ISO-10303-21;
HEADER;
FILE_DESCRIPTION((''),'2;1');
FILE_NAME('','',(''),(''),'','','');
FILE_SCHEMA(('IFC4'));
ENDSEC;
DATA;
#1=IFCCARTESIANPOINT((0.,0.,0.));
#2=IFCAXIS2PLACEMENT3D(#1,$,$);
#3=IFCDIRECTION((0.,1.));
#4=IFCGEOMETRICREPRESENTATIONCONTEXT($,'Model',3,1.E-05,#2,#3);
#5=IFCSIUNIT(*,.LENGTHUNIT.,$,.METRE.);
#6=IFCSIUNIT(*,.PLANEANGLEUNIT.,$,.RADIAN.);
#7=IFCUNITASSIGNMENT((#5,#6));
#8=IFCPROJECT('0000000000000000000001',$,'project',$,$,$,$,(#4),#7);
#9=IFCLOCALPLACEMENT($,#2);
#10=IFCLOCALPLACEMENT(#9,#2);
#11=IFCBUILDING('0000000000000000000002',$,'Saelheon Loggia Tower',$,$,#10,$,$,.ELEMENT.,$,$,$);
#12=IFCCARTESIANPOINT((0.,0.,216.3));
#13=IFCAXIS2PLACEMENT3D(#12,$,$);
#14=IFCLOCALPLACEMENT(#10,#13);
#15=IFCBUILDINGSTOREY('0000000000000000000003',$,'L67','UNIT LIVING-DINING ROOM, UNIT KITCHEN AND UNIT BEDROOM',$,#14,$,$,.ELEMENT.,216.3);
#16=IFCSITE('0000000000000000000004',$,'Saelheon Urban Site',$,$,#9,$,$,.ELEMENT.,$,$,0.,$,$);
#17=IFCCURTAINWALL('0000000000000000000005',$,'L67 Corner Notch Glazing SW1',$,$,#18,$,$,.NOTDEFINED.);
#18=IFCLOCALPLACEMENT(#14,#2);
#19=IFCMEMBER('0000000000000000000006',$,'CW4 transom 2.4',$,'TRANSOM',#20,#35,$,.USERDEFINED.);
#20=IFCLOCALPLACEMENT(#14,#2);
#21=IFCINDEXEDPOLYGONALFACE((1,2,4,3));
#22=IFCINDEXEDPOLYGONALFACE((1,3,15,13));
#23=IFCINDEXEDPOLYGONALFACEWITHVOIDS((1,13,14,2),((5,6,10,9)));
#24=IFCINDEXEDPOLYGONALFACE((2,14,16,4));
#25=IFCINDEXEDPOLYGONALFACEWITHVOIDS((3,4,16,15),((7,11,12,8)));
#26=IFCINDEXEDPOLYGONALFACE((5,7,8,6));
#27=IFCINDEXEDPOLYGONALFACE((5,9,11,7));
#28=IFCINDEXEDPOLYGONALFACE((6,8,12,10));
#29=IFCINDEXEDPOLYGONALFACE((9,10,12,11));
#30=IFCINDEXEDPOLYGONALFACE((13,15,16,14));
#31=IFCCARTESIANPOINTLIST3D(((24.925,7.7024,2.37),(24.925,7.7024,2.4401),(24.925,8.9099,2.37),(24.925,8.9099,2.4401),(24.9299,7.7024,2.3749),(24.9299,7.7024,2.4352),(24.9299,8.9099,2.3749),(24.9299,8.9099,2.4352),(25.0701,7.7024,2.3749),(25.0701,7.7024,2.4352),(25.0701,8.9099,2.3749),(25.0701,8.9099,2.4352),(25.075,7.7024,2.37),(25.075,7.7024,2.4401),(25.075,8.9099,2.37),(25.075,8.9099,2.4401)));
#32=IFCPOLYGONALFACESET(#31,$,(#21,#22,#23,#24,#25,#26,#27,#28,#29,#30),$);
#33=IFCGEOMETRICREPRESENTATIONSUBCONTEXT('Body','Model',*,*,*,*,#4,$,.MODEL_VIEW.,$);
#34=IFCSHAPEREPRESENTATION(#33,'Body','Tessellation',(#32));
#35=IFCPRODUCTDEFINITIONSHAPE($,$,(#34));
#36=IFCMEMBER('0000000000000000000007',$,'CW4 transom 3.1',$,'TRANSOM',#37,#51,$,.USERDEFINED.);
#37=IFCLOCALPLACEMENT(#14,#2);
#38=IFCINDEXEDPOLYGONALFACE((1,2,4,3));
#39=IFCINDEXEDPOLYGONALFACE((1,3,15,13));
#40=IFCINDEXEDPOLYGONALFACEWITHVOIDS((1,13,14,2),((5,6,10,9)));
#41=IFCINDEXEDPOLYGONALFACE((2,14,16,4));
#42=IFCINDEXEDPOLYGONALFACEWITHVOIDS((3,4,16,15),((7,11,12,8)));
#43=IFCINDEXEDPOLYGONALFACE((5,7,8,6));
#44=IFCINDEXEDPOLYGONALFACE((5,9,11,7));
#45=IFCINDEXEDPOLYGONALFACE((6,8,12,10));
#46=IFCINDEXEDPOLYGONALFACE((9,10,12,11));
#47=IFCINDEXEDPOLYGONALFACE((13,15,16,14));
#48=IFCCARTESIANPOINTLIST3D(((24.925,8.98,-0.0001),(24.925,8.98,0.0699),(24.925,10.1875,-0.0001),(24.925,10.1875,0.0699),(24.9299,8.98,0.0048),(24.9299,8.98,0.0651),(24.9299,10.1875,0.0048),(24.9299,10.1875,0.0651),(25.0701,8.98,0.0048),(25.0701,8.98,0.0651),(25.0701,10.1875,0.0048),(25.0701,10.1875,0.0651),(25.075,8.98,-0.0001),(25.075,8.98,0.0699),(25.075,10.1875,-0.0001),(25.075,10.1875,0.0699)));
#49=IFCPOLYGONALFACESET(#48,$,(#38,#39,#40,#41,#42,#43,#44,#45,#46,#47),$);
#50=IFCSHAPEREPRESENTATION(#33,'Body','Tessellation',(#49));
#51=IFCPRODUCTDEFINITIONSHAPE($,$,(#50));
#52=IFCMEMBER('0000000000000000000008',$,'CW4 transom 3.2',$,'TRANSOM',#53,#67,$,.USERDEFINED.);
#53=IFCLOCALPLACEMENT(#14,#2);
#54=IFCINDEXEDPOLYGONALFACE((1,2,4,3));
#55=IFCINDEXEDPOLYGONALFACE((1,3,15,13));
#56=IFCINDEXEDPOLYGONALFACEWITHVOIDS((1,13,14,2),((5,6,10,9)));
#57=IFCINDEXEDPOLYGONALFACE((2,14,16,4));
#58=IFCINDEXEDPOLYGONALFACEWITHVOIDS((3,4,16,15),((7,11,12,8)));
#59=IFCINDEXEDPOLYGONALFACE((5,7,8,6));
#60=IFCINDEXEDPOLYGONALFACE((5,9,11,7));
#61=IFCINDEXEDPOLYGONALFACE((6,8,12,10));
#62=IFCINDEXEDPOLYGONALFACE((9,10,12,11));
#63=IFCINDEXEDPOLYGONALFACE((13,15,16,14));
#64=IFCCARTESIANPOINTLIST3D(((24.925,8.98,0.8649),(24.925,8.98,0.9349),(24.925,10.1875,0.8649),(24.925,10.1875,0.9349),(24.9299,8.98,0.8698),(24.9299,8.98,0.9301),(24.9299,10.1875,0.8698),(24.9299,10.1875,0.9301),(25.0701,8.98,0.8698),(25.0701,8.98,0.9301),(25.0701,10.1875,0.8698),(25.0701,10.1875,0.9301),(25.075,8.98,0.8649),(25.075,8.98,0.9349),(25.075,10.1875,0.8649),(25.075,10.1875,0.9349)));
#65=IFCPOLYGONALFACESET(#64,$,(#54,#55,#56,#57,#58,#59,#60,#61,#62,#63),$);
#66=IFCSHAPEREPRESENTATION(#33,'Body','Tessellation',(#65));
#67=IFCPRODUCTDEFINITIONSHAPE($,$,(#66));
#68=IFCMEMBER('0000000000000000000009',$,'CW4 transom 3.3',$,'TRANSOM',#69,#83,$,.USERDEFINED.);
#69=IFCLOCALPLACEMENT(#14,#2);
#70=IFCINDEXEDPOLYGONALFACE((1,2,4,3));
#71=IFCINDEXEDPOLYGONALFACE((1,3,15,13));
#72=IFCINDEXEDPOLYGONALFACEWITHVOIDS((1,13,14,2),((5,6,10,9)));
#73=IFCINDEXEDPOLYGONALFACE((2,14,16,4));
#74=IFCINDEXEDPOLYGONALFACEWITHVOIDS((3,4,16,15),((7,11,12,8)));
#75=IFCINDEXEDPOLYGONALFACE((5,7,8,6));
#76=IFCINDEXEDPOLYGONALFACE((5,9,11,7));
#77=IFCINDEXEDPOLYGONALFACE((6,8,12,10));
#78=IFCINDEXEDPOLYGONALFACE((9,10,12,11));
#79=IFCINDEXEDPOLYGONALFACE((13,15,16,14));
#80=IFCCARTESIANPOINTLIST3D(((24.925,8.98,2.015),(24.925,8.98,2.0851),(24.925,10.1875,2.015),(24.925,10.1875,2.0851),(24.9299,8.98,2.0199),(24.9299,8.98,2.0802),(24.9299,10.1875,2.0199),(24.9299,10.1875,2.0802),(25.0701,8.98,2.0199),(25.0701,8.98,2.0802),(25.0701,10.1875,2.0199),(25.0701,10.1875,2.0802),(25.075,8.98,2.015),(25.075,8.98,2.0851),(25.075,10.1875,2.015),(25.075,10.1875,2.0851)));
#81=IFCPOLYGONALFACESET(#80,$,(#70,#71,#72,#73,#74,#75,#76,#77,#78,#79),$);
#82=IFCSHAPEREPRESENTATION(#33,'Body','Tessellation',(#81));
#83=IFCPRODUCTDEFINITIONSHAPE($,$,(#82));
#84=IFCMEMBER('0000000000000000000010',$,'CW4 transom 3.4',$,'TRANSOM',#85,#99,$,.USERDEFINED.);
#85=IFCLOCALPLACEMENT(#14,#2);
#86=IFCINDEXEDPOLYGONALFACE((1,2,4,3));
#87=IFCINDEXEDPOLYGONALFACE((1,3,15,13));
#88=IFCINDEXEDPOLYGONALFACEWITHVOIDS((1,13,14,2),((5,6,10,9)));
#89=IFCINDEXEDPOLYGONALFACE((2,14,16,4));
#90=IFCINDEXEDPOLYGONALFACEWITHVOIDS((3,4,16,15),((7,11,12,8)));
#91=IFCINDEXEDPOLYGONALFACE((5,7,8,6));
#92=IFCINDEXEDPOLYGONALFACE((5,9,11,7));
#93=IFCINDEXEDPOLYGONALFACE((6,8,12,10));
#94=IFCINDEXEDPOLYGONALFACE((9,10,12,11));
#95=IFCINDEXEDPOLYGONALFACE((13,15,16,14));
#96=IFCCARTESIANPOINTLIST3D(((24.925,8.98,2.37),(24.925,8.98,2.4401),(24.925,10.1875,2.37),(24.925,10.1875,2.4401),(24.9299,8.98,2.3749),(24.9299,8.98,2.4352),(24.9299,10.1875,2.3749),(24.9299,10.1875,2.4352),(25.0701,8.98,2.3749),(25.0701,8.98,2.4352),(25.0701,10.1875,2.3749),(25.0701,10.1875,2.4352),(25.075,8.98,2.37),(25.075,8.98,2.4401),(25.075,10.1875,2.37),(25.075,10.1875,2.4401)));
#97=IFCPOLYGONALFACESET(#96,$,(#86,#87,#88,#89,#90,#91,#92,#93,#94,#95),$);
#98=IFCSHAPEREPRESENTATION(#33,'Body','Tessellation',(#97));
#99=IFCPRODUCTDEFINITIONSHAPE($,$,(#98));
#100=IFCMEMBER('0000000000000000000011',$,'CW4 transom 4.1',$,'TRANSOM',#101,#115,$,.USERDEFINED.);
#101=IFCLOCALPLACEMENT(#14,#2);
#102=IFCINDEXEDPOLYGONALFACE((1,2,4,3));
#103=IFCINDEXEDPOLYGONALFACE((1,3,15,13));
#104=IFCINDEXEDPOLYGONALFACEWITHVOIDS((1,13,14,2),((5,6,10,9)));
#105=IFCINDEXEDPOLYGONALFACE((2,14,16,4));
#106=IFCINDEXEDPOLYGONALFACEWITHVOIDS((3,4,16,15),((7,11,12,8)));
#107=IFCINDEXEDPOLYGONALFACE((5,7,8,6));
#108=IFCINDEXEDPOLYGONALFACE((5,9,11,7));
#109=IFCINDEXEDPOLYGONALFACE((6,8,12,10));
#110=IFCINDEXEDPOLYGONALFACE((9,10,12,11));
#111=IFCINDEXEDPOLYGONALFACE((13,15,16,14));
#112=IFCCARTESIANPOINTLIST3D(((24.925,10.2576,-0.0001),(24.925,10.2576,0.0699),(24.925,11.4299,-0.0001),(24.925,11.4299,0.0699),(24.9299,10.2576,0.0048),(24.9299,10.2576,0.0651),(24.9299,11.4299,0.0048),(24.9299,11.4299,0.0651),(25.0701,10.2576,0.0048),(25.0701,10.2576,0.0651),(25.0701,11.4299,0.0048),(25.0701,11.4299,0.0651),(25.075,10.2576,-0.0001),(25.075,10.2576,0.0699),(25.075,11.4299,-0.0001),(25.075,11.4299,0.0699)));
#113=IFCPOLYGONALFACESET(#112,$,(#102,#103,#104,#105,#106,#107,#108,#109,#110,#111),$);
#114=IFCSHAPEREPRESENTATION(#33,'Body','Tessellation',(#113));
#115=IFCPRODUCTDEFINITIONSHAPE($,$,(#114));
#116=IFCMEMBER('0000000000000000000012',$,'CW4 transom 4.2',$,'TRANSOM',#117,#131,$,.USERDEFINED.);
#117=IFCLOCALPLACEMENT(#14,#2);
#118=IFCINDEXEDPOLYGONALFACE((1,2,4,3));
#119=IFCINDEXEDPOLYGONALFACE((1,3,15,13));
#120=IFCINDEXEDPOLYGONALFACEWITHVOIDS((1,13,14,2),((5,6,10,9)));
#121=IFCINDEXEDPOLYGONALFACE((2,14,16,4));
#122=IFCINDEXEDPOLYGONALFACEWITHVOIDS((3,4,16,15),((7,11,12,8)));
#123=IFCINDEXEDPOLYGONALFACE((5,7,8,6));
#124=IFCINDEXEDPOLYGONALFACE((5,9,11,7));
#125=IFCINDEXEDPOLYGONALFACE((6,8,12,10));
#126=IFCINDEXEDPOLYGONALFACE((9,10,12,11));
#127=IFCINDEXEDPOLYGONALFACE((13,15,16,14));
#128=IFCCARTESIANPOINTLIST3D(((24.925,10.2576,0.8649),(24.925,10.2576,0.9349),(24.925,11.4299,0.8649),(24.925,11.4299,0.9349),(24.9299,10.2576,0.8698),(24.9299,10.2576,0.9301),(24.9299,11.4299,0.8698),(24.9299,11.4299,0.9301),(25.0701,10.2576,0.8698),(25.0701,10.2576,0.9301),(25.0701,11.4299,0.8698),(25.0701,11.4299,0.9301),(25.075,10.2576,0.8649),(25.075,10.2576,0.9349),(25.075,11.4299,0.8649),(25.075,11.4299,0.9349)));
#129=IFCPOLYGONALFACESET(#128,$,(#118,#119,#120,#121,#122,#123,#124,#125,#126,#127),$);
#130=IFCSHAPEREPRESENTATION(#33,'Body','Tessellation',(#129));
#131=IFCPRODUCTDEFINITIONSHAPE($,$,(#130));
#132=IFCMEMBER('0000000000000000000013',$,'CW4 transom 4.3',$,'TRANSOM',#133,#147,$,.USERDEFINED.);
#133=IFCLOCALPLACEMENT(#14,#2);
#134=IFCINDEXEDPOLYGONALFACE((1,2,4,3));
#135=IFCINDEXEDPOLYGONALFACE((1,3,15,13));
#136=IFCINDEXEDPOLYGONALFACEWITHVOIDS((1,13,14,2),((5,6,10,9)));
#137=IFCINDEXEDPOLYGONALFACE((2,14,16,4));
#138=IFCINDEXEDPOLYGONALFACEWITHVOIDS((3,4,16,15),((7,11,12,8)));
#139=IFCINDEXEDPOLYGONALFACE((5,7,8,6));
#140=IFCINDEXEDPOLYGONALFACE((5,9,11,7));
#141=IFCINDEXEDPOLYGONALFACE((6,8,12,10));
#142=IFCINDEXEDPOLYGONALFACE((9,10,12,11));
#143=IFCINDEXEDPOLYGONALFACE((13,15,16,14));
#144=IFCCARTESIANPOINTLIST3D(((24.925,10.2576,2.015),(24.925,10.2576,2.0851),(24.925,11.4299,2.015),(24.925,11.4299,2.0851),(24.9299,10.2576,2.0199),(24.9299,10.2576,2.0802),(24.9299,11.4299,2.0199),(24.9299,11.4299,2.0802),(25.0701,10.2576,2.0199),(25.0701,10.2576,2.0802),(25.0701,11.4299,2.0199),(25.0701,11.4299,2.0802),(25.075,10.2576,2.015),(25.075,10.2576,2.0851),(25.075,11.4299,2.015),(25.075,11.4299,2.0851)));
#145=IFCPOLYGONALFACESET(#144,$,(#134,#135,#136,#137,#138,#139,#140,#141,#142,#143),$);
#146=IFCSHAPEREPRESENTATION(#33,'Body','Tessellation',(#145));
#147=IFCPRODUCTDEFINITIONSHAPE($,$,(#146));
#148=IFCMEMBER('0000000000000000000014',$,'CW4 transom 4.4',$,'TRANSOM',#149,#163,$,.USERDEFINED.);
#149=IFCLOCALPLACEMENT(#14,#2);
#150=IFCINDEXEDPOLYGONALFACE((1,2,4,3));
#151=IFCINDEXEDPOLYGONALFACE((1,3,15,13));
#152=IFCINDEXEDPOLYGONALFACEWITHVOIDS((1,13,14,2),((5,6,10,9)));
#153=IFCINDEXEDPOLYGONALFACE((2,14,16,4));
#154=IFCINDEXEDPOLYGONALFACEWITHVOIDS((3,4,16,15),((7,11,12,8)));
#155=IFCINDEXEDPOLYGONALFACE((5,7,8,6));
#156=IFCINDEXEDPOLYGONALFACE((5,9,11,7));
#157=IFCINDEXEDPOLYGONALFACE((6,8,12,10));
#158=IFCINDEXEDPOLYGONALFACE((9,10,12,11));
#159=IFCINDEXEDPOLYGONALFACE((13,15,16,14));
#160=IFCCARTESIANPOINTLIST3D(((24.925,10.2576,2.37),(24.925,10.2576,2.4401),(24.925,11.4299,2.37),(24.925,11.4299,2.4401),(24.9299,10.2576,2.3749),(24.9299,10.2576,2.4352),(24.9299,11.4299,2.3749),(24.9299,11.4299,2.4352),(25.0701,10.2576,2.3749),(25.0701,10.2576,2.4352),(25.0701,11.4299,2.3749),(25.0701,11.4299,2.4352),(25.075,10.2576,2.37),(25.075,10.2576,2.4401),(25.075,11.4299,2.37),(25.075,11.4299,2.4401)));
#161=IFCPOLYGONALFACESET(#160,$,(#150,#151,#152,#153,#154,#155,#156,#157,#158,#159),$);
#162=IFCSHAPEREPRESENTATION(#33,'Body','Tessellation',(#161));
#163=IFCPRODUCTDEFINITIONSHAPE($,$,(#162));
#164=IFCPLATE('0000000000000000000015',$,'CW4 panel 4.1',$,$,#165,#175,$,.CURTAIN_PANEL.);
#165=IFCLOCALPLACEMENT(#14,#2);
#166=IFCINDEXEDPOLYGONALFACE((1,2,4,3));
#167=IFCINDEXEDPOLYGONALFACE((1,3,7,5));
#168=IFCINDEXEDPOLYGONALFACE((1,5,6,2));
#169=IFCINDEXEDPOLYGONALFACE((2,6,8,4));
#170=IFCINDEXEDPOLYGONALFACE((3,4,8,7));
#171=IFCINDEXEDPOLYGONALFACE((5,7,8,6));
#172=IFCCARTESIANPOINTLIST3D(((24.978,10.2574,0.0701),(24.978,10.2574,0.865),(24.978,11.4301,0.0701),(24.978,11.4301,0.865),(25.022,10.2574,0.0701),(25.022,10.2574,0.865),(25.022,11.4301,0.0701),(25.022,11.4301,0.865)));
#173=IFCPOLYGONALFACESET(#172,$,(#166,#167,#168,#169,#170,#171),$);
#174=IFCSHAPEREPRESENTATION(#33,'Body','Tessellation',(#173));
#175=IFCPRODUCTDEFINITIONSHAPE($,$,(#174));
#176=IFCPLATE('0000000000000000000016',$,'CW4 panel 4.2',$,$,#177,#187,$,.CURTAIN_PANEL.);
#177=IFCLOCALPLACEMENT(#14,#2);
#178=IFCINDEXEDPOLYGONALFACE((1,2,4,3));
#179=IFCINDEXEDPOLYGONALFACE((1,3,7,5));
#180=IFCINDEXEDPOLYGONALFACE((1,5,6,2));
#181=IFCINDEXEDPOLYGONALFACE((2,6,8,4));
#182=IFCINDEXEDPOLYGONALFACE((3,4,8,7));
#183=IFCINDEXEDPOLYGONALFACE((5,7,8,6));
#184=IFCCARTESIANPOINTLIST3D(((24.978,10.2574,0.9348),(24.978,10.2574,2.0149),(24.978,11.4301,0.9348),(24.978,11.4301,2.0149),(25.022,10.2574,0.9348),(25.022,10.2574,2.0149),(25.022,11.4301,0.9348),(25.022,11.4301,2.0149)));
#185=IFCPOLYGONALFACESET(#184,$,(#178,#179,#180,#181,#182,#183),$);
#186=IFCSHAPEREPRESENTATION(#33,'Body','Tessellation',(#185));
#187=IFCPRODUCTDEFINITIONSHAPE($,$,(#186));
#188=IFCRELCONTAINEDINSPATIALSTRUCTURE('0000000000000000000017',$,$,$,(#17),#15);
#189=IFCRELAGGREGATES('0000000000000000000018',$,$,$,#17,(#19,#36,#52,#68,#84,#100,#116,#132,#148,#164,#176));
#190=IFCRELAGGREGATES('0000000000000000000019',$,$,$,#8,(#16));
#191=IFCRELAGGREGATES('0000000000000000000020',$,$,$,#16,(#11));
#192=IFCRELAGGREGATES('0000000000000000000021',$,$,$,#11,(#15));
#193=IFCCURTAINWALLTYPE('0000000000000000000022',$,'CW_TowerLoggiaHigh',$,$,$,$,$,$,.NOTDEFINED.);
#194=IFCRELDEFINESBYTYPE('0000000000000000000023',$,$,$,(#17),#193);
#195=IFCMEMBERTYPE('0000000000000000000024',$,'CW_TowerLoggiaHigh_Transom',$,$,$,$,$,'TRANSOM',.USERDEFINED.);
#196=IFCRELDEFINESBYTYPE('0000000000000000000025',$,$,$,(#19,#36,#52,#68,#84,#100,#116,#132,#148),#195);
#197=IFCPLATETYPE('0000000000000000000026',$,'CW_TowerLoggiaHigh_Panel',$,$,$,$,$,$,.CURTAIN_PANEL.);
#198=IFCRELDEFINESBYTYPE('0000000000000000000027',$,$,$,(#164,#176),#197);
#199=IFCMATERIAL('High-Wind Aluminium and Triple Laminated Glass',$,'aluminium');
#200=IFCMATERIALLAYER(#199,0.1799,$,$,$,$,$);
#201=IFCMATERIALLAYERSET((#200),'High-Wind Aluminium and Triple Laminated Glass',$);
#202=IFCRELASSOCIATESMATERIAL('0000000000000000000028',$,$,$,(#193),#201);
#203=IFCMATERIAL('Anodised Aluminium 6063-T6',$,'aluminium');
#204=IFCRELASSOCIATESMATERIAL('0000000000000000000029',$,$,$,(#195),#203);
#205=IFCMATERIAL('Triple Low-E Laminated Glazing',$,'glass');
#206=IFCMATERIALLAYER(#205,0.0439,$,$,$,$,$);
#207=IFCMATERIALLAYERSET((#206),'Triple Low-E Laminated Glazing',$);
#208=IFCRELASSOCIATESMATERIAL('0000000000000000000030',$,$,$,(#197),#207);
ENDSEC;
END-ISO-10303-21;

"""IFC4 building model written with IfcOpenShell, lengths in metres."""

from ifc_helpers import new_model, si_unit, direction, frame, origin, origin_2d, place, context, subcontext, project, spatial, rectangle, hollow_rectangle, extrude, source, transform, mapped, material, layer, layer_set, material_profile, profile_set, type_object, element, aggregate, save


model = new_model("IFC4")

# Units and contexts
model_context = context("Model", 3, precision=1e-05, world=origin(), true_north=direction((0.0, 1.0)))
body_context = subcontext(model_context, "Body", "Model", "MODEL_VIEW")
ifc_project = project(units=[si_unit("LENGTHUNIT", "METRE"), si_unit("PLANEANGLEUNIT", "RADIAN")], contexts=[model_context])

# Site, building, storey
site_placement = place(None, origin())
site = spatial("IfcSite", under=ifc_project, at=site_placement, Name="Saelheon Urban Site", CompositionType="ELEMENT", RefElevation=0.0)
building_placement = place(site_placement, origin())
building = spatial("IfcBuilding", under=site, at=building_placement, Name="Saelheon Loggia Tower", CompositionType="ELEMENT")
storey_placement = place(building_placement, frame((0.0, 0.0, 216.3)))
storey = spatial("IfcBuildingStorey", under=building, at=storey_placement, Name="L67", Description="UNIT LIVING-DINING ROOM, UNIT KITCHEN AND UNIT BEDROOM", CompositionType="ELEMENT", Elevation=216.3)

# Curtain wall, members, plates
ifc_material_1 = material(Name="High-Wind Aluminium and Triple Laminated Glass", Category="aluminium")
ifc_layer_1 = layer(ifc_material_1, 0.1799)
ifc_layer_set_1 = layer_set([ifc_layer_1], Name="High-Wind Aluminium and Triple Laminated Glass")
curtain_wall_type = type_object("IfcCurtainWallType", Name="CW_TowerLoggiaHigh", PredefinedType="NOTDEFINED", material=ifc_layer_set_1)
curtain_wall_placement = place(storey_placement, origin())
curtain_wall = element("IfcCurtainWall", 1, at=curtain_wall_placement, inside=storey, type_object=curtain_wall_type, Name="L67 Corner Notch Glazing SW1", PredefinedType="NOTDEFINED")
ifc_material_2 = material(Name="Anodised Aluminium 6063-T6", Category="aluminium")
ifc_material_profile_1 = material_profile(ifc_material_2, hollow_rectangle(XDim=0.0701, YDim=0.1499, WallThickness=0.0049, at=origin_2d()), Name="RHS-150x70x5")
ifc_profile_set_1 = profile_set([ifc_material_profile_1], Name="Anodised Aluminium 6063-T6")
member_type_1 = type_object("IfcMemberType", Name="CW_TowerLoggiaHigh_Transom", ElementType="TRANSOM", PredefinedType="USERDEFINED", material=ifc_profile_set_1)
shared_shape_1 = source(origin(), body_context, "Body", "SweptSolid", [
    extrude(hollow_rectangle(XDim=0.0701, YDim=0.1499, WallThickness=0.0049, at=origin_2d()), origin(), (0.0, 0.0, 1.0), 1.2075),
])
member_1_placement = place(storey_placement, frame((25.0, 7.7024, 2.405), z_axis=(0.0, 1.0, 0.0), x_axis=(0.0, 0.0, 1.0)))
member_1 = element("IfcMember", 2, at=member_1_placement, type_object=member_type_1, Name="CW4 transom 2.4", ObjectType="TRANSOM", PredefinedType="USERDEFINED", context=body_context, shape_type="MappedRepresentation", body=[
    mapped(shared_shape_1, transform((0.0, 0.0, 0.0), scale=1.0)),
])
member_2_placement = place(storey_placement, frame((25.0, 8.98, 0.0349), z_axis=(0.0, 1.0, 0.0), x_axis=(0.0, 0.0, 1.0)))
member_2 = element("IfcMember", 3, at=member_2_placement, type_object=member_type_1, Name="CW4 transom 3.1", ObjectType="TRANSOM", PredefinedType="USERDEFINED", context=body_context, shape_type="MappedRepresentation", body=[
    mapped(shared_shape_1, transform((0.0, 0.0, 0.0), scale=1.0)),
])
member_3_placement = place(storey_placement, frame((25.0, 8.98, 0.8999), z_axis=(0.0, 1.0, 0.0), x_axis=(0.0, 0.0, 1.0)))
member_3 = element("IfcMember", 4, at=member_3_placement, type_object=member_type_1, Name="CW4 transom 3.2", ObjectType="TRANSOM", PredefinedType="USERDEFINED", context=body_context, shape_type="MappedRepresentation", body=[
    mapped(shared_shape_1, transform((0.0, 0.0, 0.0), scale=1.0)),
])
member_4_placement = place(storey_placement, frame((25.0, 8.98, 2.05), z_axis=(0.0, 1.0, 0.0), x_axis=(0.0, 0.0, 1.0)))
member_4 = element("IfcMember", 5, at=member_4_placement, type_object=member_type_1, Name="CW4 transom 3.3", ObjectType="TRANSOM", PredefinedType="USERDEFINED", context=body_context, shape_type="MappedRepresentation", body=[
    mapped(shared_shape_1, transform((0.0, 0.0, 0.0), scale=1.0)),
])
member_5_placement = place(storey_placement, frame((25.0, 8.98, 2.405), z_axis=(0.0, 1.0, 0.0), x_axis=(0.0, 0.0, 1.0)))
member_5 = element("IfcMember", 6, at=member_5_placement, type_object=member_type_1, Name="CW4 transom 3.4", ObjectType="TRANSOM", PredefinedType="USERDEFINED", context=body_context, shape_type="MappedRepresentation", body=[
    mapped(shared_shape_1, transform((0.0, 0.0, 0.0), scale=1.0)),
])
shared_shape_2 = source(origin(), body_context, "Body", "SweptSolid", [
    extrude(hollow_rectangle(XDim=0.0701, YDim=0.1499, WallThickness=0.0049, at=origin_2d()), origin(), (0.0, 0.0, 1.0), 1.1724),
])
member_6_placement = place(storey_placement, frame((25.0, 10.2576, 0.0349), z_axis=(0.0, 1.0, 0.0), x_axis=(0.0, 0.0, 1.0)))
member_6 = element("IfcMember", 7, at=member_6_placement, type_object=member_type_1, Name="CW4 transom 4.1", ObjectType="TRANSOM", PredefinedType="USERDEFINED", context=body_context, shape_type="MappedRepresentation", body=[
    mapped(shared_shape_2, transform((0.0, 0.0, 0.0), scale=1.0)),
])
member_7_placement = place(storey_placement, frame((25.0, 10.2576, 0.8999), z_axis=(0.0, 1.0, 0.0), x_axis=(0.0, 0.0, 1.0)))
member_7 = element("IfcMember", 8, at=member_7_placement, type_object=member_type_1, Name="CW4 transom 4.2", ObjectType="TRANSOM", PredefinedType="USERDEFINED", context=body_context, shape_type="MappedRepresentation", body=[
    mapped(shared_shape_2, transform((0.0, 0.0, 0.0), scale=1.0)),
])
member_8_placement = place(storey_placement, frame((25.0, 10.2576, 2.05), z_axis=(0.0, 1.0, 0.0), x_axis=(0.0, 0.0, 1.0)))
member_8 = element("IfcMember", 9, at=member_8_placement, type_object=member_type_1, Name="CW4 transom 4.3", ObjectType="TRANSOM", PredefinedType="USERDEFINED", context=body_context, shape_type="MappedRepresentation", body=[
    mapped(shared_shape_2, transform((0.0, 0.0, 0.0), scale=1.0)),
])
member_9_placement = place(storey_placement, frame((25.0, 10.2576, 2.405), z_axis=(0.0, 1.0, 0.0), x_axis=(0.0, 0.0, 1.0)))
member_9 = element("IfcMember", 10, at=member_9_placement, type_object=member_type_1, Name="CW4 transom 4.4", ObjectType="TRANSOM", PredefinedType="USERDEFINED", context=body_context, shape_type="MappedRepresentation", body=[
    mapped(shared_shape_2, transform((0.0, 0.0, 0.0), scale=1.0)),
])
ifc_material_3 = material(Name="Triple Low-E Laminated Glazing", Category="glass")
ifc_layer_2 = layer(ifc_material_3, 0.0439)
ifc_layer_set_2 = layer_set([ifc_layer_2], Name="Triple Low-E Laminated Glazing")
plate_type = type_object("IfcPlateType", Name="CW_TowerLoggiaHigh_Panel", PredefinedType="CURTAIN_PANEL", material=ifc_layer_set_2)
shared_shape_3 = source(origin(), body_context, "Body", "SweptSolid", [
    extrude(rectangle(XDim=1.1726, YDim=0.0439, at=origin_2d()), origin(), (0.0, 0.0, 1.0), 0.7949),
])
plate_1_placement = place(storey_placement, frame((25.0, 10.8438, 0.0701), z_axis=(0.0, 0.0, 1.0), x_axis=(0.0, 1.0, 0.0)))
plate_1 = element("IfcPlate", 11, at=plate_1_placement, type_object=plate_type, Name="CW4 panel 4.1", PredefinedType="CURTAIN_PANEL", context=body_context, shape_type="MappedRepresentation", body=[
    mapped(shared_shape_3, transform((0.0, 0.0, 0.0), scale=1.0)),
])
shared_shape_4 = source(origin(), body_context, "Body", "SweptSolid", [
    extrude(rectangle(XDim=1.1726, YDim=0.0439, at=origin_2d()), origin(), (0.0, 0.0, 1.0), 1.0801),
])
plate_2_placement = place(storey_placement, frame((25.0, 10.8438, 0.9348), z_axis=(0.0, 0.0, 1.0), x_axis=(0.0, 1.0, 0.0)))
plate_2 = element("IfcPlate", 12, at=plate_2_placement, type_object=plate_type, Name="CW4 panel 4.2", PredefinedType="CURTAIN_PANEL", context=body_context, shape_type="MappedRepresentation", body=[
    mapped(shared_shape_4, transform((0.0, 0.0, 0.0), scale=1.0)),
])
aggregate(curtain_wall, [member_1, member_2, member_3, member_4, member_5, member_6, member_7, member_8, member_9, plate_1, plate_2])

save(model, "model.ifc")
